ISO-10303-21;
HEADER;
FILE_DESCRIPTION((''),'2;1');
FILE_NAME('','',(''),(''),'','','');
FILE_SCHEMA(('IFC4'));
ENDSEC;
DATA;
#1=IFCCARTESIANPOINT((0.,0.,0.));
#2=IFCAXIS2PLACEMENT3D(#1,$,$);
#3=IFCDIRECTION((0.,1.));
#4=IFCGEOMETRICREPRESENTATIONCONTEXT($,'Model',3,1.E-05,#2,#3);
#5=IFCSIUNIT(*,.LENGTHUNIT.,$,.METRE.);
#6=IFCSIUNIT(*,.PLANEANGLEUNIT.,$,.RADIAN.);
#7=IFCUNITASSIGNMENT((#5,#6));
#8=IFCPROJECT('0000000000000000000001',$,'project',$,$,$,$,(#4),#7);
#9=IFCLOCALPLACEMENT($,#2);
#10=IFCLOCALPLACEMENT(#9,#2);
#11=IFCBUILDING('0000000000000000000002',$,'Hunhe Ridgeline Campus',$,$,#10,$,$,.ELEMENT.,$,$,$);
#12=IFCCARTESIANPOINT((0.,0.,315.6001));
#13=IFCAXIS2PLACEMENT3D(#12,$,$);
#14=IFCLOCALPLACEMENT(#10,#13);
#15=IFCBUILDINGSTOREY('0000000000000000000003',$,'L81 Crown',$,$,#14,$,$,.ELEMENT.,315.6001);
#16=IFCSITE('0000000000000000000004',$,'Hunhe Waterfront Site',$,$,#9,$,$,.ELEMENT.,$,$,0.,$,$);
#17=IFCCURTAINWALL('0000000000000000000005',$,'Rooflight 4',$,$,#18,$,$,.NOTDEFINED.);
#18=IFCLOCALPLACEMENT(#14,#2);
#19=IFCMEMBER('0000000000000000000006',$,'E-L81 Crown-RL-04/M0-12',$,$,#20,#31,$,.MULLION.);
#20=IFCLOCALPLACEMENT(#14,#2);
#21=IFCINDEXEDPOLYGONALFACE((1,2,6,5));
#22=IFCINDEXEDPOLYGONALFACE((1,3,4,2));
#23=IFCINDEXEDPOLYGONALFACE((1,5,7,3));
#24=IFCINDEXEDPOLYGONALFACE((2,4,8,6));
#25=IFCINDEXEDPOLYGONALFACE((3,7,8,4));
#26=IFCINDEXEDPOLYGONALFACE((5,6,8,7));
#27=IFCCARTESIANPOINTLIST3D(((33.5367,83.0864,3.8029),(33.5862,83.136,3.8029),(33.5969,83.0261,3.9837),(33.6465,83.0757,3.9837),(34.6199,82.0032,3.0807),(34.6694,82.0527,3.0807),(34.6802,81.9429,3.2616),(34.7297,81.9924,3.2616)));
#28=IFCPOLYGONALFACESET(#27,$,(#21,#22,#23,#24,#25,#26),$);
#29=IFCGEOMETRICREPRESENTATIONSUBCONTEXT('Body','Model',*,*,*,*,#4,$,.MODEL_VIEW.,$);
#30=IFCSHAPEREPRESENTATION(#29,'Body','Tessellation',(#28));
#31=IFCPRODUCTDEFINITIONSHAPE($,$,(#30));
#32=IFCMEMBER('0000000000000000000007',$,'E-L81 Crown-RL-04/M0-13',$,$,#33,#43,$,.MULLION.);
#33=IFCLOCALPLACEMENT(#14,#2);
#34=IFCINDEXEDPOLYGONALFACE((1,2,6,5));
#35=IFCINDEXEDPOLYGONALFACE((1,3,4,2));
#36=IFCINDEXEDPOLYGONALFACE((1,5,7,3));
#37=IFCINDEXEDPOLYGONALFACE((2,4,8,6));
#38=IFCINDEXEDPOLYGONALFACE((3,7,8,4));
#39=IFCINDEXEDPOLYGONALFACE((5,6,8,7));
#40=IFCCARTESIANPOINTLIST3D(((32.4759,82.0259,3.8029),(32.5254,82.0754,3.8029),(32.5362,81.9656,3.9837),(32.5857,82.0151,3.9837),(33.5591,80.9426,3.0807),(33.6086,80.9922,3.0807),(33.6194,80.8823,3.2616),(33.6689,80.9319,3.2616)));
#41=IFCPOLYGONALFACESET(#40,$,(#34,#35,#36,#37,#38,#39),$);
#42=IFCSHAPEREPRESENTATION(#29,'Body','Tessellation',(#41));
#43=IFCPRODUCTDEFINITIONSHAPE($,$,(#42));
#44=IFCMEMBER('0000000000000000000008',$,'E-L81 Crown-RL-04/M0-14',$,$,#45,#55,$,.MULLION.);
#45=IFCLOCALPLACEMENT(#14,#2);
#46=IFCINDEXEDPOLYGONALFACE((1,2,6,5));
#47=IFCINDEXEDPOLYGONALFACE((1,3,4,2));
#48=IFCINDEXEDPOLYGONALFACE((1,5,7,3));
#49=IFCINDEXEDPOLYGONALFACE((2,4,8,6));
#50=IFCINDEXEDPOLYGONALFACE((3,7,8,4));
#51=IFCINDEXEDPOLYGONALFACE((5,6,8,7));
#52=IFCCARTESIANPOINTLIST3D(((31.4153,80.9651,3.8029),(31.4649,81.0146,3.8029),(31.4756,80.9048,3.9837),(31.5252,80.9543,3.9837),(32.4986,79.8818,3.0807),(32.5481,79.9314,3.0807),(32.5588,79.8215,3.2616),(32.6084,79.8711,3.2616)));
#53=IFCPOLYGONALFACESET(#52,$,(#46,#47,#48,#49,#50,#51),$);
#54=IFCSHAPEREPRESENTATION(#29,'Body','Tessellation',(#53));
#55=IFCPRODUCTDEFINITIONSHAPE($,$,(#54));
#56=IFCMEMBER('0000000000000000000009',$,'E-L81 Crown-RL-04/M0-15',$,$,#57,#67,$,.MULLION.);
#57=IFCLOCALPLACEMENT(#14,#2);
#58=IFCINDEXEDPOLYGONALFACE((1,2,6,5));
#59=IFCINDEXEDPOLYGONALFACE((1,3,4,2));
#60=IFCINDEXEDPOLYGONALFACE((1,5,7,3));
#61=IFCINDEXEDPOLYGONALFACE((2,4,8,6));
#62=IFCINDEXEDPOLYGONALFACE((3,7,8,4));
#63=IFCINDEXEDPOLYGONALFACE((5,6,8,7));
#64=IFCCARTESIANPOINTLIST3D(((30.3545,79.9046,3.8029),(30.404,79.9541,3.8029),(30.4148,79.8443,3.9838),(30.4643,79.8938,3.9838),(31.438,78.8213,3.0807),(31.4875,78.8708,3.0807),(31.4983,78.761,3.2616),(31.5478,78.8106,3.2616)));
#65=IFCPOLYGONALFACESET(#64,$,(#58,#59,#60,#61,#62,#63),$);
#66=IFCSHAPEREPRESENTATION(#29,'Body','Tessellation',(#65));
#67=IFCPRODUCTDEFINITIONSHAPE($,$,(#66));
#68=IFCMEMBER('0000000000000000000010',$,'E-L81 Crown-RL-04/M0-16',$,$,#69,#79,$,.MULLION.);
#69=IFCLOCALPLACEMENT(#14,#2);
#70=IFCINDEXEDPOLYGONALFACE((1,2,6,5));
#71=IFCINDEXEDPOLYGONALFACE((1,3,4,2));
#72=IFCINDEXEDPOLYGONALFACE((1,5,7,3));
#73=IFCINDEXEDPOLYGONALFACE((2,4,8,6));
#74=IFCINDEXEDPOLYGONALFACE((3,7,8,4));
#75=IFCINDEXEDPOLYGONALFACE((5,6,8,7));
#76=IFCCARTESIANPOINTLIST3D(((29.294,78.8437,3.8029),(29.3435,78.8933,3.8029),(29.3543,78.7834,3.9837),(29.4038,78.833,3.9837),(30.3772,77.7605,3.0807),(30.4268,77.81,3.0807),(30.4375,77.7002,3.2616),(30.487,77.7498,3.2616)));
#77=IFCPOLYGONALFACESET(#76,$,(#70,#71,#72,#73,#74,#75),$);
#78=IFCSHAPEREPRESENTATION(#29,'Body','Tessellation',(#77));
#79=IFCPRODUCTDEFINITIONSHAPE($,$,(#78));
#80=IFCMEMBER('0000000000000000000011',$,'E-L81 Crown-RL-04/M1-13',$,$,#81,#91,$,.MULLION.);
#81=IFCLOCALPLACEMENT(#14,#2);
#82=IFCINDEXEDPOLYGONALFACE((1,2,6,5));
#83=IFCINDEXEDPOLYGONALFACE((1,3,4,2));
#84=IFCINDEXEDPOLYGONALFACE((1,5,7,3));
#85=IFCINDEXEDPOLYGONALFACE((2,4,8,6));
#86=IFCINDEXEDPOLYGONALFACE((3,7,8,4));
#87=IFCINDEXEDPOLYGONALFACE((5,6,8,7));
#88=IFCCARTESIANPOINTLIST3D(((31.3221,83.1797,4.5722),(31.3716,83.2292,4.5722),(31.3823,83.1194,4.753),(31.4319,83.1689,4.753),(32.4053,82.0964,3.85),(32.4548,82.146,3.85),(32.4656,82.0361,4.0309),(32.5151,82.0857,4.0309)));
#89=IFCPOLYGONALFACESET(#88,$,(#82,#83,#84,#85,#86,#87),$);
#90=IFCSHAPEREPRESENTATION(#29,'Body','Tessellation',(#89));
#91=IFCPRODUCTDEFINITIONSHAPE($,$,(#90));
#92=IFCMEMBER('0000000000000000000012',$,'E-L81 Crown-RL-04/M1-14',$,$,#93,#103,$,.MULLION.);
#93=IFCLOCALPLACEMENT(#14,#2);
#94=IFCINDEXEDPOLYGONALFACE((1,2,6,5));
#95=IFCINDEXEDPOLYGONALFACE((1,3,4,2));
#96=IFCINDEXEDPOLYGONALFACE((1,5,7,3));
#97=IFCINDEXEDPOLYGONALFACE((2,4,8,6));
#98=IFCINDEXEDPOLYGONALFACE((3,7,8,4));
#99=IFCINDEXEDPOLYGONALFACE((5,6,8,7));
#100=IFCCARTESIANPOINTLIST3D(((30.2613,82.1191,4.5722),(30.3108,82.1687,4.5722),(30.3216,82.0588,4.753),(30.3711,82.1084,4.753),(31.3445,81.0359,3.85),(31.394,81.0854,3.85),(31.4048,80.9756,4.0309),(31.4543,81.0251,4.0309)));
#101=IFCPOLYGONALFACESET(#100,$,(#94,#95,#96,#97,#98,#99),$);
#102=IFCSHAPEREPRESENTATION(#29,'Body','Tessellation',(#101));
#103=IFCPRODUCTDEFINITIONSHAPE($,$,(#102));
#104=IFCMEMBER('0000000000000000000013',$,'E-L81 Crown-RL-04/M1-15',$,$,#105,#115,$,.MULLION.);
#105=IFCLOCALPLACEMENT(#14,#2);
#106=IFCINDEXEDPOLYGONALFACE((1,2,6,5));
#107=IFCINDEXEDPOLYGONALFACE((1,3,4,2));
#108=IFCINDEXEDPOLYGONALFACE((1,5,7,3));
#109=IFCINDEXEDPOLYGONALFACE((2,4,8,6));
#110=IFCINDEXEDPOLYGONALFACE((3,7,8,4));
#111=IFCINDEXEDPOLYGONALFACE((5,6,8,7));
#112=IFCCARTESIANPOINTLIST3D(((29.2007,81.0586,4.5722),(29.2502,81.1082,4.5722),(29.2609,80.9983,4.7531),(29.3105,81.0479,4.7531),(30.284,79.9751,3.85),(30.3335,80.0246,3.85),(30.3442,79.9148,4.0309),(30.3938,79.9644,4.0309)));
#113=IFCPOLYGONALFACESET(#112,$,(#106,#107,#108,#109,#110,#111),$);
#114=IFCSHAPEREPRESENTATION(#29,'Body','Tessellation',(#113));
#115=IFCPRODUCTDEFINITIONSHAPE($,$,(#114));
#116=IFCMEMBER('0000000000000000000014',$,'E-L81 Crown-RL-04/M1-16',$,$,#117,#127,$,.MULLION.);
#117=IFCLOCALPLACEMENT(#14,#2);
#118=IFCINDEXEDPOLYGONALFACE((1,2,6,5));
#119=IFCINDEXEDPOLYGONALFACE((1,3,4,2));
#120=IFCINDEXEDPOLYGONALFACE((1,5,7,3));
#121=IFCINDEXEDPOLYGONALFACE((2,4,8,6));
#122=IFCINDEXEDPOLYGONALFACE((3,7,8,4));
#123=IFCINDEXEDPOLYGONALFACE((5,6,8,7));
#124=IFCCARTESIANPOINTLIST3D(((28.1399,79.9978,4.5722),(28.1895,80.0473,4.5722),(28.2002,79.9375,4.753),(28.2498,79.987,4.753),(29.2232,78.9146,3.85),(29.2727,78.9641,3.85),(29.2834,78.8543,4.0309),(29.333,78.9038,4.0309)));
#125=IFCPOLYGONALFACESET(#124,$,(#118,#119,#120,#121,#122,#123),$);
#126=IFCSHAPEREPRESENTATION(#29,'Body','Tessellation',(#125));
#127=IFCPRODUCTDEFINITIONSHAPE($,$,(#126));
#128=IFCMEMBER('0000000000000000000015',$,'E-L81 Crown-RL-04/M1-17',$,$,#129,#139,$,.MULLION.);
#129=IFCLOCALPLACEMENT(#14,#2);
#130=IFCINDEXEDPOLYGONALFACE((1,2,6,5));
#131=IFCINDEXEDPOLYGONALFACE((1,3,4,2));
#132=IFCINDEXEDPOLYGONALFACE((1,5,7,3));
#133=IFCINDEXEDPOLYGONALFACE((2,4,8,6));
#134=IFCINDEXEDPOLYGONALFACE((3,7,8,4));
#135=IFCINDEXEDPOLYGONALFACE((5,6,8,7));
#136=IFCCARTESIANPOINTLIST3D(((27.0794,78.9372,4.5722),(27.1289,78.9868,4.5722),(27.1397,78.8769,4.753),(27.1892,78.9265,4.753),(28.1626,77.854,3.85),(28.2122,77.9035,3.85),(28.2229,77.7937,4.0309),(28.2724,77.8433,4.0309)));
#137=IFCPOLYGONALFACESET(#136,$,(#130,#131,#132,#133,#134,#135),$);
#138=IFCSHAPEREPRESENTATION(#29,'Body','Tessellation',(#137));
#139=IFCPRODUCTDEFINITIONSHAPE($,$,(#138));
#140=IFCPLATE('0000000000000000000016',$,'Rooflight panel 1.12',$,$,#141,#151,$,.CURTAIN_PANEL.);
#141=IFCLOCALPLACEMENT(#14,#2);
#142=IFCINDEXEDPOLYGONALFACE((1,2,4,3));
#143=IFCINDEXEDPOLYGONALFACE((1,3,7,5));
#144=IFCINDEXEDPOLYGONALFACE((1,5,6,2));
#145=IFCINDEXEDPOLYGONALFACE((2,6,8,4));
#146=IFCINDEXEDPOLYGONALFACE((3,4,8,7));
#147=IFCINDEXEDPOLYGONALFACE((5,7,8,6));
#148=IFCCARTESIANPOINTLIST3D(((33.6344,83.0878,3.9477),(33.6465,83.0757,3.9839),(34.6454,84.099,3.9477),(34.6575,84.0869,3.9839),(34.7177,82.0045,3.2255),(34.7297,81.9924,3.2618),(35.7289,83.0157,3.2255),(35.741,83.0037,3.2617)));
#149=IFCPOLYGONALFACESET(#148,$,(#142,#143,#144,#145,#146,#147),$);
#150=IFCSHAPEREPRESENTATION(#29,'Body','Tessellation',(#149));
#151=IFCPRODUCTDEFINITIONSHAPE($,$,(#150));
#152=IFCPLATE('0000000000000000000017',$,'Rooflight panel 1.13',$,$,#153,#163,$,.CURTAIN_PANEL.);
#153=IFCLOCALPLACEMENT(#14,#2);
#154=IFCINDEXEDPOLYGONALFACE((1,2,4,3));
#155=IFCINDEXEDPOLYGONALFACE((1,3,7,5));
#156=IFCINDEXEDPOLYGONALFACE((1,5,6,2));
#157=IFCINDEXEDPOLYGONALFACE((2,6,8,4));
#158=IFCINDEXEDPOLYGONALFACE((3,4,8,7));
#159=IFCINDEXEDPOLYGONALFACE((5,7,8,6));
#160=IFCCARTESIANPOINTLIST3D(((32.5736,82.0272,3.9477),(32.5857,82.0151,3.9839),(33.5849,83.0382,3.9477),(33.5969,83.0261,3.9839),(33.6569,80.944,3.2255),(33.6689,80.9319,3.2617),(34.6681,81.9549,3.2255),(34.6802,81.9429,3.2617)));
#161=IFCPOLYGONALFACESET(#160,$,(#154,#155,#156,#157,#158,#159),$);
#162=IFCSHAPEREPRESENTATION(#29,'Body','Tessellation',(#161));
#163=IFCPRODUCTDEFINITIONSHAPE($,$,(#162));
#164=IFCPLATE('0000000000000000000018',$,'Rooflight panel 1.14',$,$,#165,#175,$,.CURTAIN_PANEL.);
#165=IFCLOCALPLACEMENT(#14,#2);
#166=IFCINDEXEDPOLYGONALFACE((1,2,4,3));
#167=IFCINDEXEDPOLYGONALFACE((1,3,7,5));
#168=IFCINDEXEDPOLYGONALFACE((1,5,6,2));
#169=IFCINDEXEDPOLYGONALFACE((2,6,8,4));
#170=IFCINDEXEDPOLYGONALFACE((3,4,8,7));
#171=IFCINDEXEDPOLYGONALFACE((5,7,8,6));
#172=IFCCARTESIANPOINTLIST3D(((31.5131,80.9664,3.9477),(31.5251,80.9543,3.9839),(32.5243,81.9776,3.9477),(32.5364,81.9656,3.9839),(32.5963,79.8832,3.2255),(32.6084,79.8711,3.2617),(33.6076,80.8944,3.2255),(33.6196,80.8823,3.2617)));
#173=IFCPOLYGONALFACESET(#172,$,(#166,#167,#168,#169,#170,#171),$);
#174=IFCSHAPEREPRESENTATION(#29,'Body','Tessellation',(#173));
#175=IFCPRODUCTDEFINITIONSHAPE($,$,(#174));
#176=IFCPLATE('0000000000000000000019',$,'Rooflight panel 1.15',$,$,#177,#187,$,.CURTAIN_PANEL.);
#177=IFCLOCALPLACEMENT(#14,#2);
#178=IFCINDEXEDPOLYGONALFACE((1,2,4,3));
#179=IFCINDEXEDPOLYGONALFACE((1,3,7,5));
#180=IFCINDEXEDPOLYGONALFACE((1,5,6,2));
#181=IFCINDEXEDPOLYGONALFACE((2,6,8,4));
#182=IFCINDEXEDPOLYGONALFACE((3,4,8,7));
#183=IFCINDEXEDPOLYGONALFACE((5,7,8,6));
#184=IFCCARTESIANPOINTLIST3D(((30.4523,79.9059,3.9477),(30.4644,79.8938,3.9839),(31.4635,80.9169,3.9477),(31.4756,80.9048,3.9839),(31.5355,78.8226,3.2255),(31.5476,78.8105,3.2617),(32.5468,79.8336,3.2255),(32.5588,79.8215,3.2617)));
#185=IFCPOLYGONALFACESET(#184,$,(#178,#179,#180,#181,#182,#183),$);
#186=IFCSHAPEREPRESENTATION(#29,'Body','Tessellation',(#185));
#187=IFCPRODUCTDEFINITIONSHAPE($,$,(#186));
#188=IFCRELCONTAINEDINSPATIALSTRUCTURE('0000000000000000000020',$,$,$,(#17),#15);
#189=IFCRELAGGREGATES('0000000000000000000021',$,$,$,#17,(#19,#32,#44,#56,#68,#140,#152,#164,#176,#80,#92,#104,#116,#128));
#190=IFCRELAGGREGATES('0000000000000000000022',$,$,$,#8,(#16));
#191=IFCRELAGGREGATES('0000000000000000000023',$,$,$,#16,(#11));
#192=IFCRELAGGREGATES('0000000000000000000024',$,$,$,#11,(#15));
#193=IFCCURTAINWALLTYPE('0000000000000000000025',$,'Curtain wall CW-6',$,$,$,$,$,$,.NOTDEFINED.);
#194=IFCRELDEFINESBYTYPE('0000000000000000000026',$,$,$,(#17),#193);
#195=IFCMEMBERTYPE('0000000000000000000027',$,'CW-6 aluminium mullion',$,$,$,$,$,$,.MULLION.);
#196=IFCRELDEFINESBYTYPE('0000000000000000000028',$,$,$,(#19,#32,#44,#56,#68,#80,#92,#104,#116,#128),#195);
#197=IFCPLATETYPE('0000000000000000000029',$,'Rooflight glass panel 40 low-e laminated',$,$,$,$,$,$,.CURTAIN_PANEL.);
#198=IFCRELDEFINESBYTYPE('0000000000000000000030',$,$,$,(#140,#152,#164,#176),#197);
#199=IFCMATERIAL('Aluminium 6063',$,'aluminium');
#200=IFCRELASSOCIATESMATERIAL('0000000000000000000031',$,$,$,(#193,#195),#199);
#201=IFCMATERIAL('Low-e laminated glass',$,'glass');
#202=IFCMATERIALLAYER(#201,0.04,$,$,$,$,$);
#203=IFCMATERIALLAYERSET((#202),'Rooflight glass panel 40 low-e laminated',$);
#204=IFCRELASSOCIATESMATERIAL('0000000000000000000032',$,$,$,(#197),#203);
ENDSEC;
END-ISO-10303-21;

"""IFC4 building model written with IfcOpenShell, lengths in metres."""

from ifc_helpers import new_model, si_unit, direction, frame, origin, origin_2d, place, context, subcontext, project, spatial, polyline, rectangle, outline, extrude, material, layer, layer_set, material_profile, profile_set, type_object, element, aggregate, save


model = new_model("IFC4")

# Units and contexts
model_context = context("Model", 3, precision=1e-05, world=origin(), true_north=direction((0.0, 1.0)))
body_context = subcontext(model_context, "Body", "Model", "MODEL_VIEW")
ifc_project = project(units=[si_unit("LENGTHUNIT", "METRE"), si_unit("PLANEANGLEUNIT", "RADIAN")], contexts=[model_context])

# Site, building, storey
site_placement = place(None, origin())
site = spatial("IfcSite", under=ifc_project, at=site_placement, Name="Hunhe Waterfront Site", CompositionType="ELEMENT", RefElevation=0.0)
building_placement = place(site_placement, origin())
building = spatial("IfcBuilding", under=site, at=building_placement, Name="Hunhe Ridgeline Campus", CompositionType="ELEMENT")
storey_placement = place(building_placement, frame((0.0, 0.0, 315.6001)))
storey = spatial("IfcBuildingStorey", under=building, at=storey_placement, Name="L81 Crown", CompositionType="ELEMENT", Elevation=315.6001)

# Curtain wall, members, plates
ifc_material_1 = material(Name="Aluminium 6063", Category="aluminium")
curtain_wall_type = type_object("IfcCurtainWallType", Name="Curtain wall CW-6", PredefinedType="NOTDEFINED", material=ifc_material_1)
curtain_wall_placement = place(storey_placement, origin())
curtain_wall = element("IfcCurtainWall", 1, at=curtain_wall_placement, inside=storey, type_object=curtain_wall_type, Name="Rooflight 4", PredefinedType="NOTDEFINED")
ifc_material_profile = material_profile(ifc_material_1, rectangle(XDim=0.0701, YDim=0.2, at=origin_2d()))
ifc_profile_set = profile_set([ifc_material_profile], Name="Aluminium 6063")
member_type = type_object("IfcMemberType", Name="CW-6 aluminium mullion", PredefinedType="MULLION", material=ifc_profile_set)
member_1_placement = place(storey_placement, frame((34.6748, 81.9978, 3.1711), z_axis=(-0.639602, 0.639602, 0.426401), x_axis=(-0.707107, -0.707107, 0.0)))
member_1 = element("IfcMember", 2, at=member_1_placement, type_object=member_type, Name="E-L81 Crown-RL-04/M0-12", PredefinedType="MULLION", context=body_context, shape_type="SweptSolid", body=[
    extrude(rectangle(XDim=0.0701, YDim=0.2, at=origin_2d()), origin(), (0.0, 0.0, 1.0), 1.6936),
])
member_2_placement = place(storey_placement, frame((33.614, 80.9373, 3.1711), z_axis=(-0.639602, 0.639602, 0.426401), x_axis=(-0.707107, -0.707107, 0.0)))
member_2 = element("IfcMember", 3, at=member_2_placement, type_object=member_type, Name="E-L81 Crown-RL-04/M0-13", PredefinedType="MULLION", context=body_context, shape_type="SweptSolid", body=[
    extrude(rectangle(XDim=0.0701, YDim=0.2, at=origin_2d()), origin(), (0.0, 0.0, 1.0), 1.6936),
])
member_3_placement = place(storey_placement, frame((32.5535, 79.8765, 3.1711), z_axis=(-0.639602, 0.639602, 0.426401), x_axis=(-0.707107, -0.707107, 0.0)))
member_3 = element("IfcMember", 4, at=member_3_placement, type_object=member_type, Name="E-L81 Crown-RL-04/M0-14", PredefinedType="MULLION", context=body_context, shape_type="SweptSolid", body=[
    extrude(rectangle(XDim=0.0701, YDim=0.2, at=origin_2d()), origin(), (0.0, 0.0, 1.0), 1.6936),
])
member_4_placement = place(storey_placement, frame((31.4929, 78.8159, 3.1711), z_axis=(-0.639687, 0.639543, 0.426362), x_axis=(-0.707027, -0.707186, 0.0)))
member_4 = element("IfcMember", 5, at=member_4_placement, type_object=member_type, Name="E-L81 Crown-RL-04/M0-15", PredefinedType="MULLION", context=body_context, shape_type="SweptSolid", body=[
    extrude(rectangle(XDim=0.0701, YDim=0.2, at=origin_2d()), origin(), (0.0, 0.0, 1.0), 1.6938),
])
member_5_placement = place(storey_placement, frame((30.4321, 77.7551, 3.1711), z_axis=(-0.639602, 0.639602, 0.426401), x_axis=(-0.707107, -0.707107, 0.0)))
member_5 = element("IfcMember", 6, at=member_5_placement, type_object=member_type, Name="E-L81 Crown-RL-04/M0-16", PredefinedType="MULLION", context=body_context, shape_type="SweptSolid", body=[
    extrude(rectangle(XDim=0.0701, YDim=0.2, at=origin_2d()), origin(), (0.0, 0.0, 1.0), 1.6936),
])
member_6_placement = place(storey_placement, frame((32.4602, 82.0911, 3.9404), z_axis=(-0.639602, 0.639602, 0.426401), x_axis=(-0.707107, -0.707107, 0.0)))
member_6 = element("IfcMember", 7, at=member_6_placement, type_object=member_type, Name="E-L81 Crown-RL-04/M1-13", PredefinedType="MULLION", context=body_context, shape_type="SweptSolid", body=[
    extrude(rectangle(XDim=0.0701, YDim=0.2, at=origin_2d()), origin(), (0.0, 0.0, 1.0), 1.6936),
])
member_7_placement = place(storey_placement, frame((31.3994, 81.0305, 3.9404), z_axis=(-0.639602, 0.639602, 0.426401), x_axis=(-0.707107, -0.707107, 0.0)))
member_7 = element("IfcMember", 8, at=member_7_placement, type_object=member_type, Name="E-L81 Crown-RL-04/M1-14", PredefinedType="MULLION", context=body_context, shape_type="SweptSolid", body=[
    extrude(rectangle(XDim=0.0701, YDim=0.2, at=origin_2d()), origin(), (0.0, 0.0, 1.0), 1.6936),
])
member_8_placement = place(storey_placement, frame((30.3389, 79.9697, 3.9404), z_axis=(-0.639543, 0.639687, 0.426362), x_axis=(-0.707186, -0.707027, 0.0)))
member_8 = element("IfcMember", 9, at=member_8_placement, type_object=member_type, Name="E-L81 Crown-RL-04/M1-15", PredefinedType="MULLION", context=body_context, shape_type="SweptSolid", body=[
    extrude(rectangle(XDim=0.0701, YDim=0.2, at=origin_2d()), origin(), (0.0, 0.0, 1.0), 1.6938),
])
member_9_placement = place(storey_placement, frame((29.2781, 78.9092, 3.9404), z_axis=(-0.639602, 0.639602, 0.426401), x_axis=(-0.707107, -0.707107, 0.0)))
member_9 = element("IfcMember", 10, at=member_9_placement, type_object=member_type, Name="E-L81 Crown-RL-04/M1-16", PredefinedType="MULLION", context=body_context, shape_type="SweptSolid", body=[
    extrude(rectangle(XDim=0.0701, YDim=0.2, at=origin_2d()), origin(), (0.0, 0.0, 1.0), 1.6936),
])
member_10_placement = place(storey_placement, frame((28.2175, 77.8486, 3.9404), z_axis=(-0.639602, 0.639602, 0.426401), x_axis=(-0.707107, -0.707107, 0.0)))
member_10 = element("IfcMember", 11, at=member_10_placement, type_object=member_type, Name="E-L81 Crown-RL-04/M1-17", PredefinedType="MULLION", context=body_context, shape_type="SweptSolid", body=[
    extrude(rectangle(XDim=0.0701, YDim=0.2, at=origin_2d()), origin(), (0.0, 0.0, 1.0), 1.6936),
])
ifc_material_2 = material(Name="Low-e laminated glass", Category="glass")
ifc_layer = layer(ifc_material_2, 0.04)
ifc_layer_set = layer_set([ifc_layer], Name="Rooflight glass panel 40 low-e laminated")
plate_type = type_object("IfcPlateType", Name="Rooflight glass panel 40 low-e laminated", PredefinedType="CURTAIN_PANEL", material=ifc_layer_set)
plate_1_placement = place(storey_placement, frame((35.741, 83.0037, 3.2617), z_axis=(0.301516, -0.301479, 0.904543), x_axis=(-0.639681, 0.639537, 0.426382)))
plate_1 = element("IfcPlate", 12, at=plate_1_placement, type_object=plate_type, Name="Rooflight panel 1.12", PredefinedType="CURTAIN_PANEL", context=body_context, shape_type="SweptSolid", body=[
    extrude(outline(polyline([(0.0, 0.0), (1.6938, 0.0), (1.6938, 1.4299), (0.0001, 1.4301), (0.0, 0.0)])), origin(), (0.0, 0.0, -1.0), 0.04),
])
plate_2_placement = place(storey_placement, frame((34.6802, 81.9429, 3.2617), z_axis=(0.301475, -0.301548, 0.904534), x_axis=(-0.639602, 0.639602, 0.426401)))
plate_2 = element("IfcPlate", 13, at=plate_2_placement, type_object=plate_type, Name="Rooflight panel 1.13", PredefinedType="CURTAIN_PANEL", context=body_context, shape_type="SweptSolid", body=[
    extrude(outline(polyline([(0.0, 0.0), (1.6936, 0.0), (1.6938, 1.4299), (0.0002, 1.4299), (0.0, 0.0)])), origin(), (0.0, 0.0, -1.0), 0.04),
])
plate_3_placement = place(storey_placement, frame((33.6196, 80.8823, 3.2617), z_axis=(0.301511, -0.301511, 0.904534), x_axis=(-0.639602, 0.639602, 0.426401)))
plate_3 = element("IfcPlate", 14, at=plate_3_placement, type_object=plate_type, Name="Rooflight panel 1.14", PredefinedType="CURTAIN_PANEL", context=body_context, shape_type="SweptSolid", body=[
    extrude(outline(polyline([(0.0, 0.0), (1.6936, 0.0), (1.6936, 1.4301), (0.0, 1.4301), (0.0, 0.0)])), origin(), (0.0, 0.0, -1.0), 0.04),
])
plate_4_placement = place(storey_placement, frame((32.5588, 79.8215, 3.2617), z_axis=(0.301475, -0.301548, 0.904534), x_axis=(-0.639602, 0.639602, 0.426401)))
plate_4 = element("IfcPlate", 15, at=plate_4_placement, type_object=plate_type, Name="Rooflight panel 1.15", PredefinedType="CURTAIN_PANEL", context=body_context, shape_type="SweptSolid", body=[
    extrude(outline(polyline([(0.0, 0.0), (1.6936, 0.0), (1.6938, 1.4299), (0.0002, 1.4299), (0.0, 0.0)])), origin(), (0.0, 0.0, -1.0), 0.04),
])
aggregate(curtain_wall, [member_1, member_2, member_3, member_4, member_5, plate_1, plate_2, plate_3, plate_4, member_6, member_7, member_8, member_9, member_10])

save(model, "model.ifc")
